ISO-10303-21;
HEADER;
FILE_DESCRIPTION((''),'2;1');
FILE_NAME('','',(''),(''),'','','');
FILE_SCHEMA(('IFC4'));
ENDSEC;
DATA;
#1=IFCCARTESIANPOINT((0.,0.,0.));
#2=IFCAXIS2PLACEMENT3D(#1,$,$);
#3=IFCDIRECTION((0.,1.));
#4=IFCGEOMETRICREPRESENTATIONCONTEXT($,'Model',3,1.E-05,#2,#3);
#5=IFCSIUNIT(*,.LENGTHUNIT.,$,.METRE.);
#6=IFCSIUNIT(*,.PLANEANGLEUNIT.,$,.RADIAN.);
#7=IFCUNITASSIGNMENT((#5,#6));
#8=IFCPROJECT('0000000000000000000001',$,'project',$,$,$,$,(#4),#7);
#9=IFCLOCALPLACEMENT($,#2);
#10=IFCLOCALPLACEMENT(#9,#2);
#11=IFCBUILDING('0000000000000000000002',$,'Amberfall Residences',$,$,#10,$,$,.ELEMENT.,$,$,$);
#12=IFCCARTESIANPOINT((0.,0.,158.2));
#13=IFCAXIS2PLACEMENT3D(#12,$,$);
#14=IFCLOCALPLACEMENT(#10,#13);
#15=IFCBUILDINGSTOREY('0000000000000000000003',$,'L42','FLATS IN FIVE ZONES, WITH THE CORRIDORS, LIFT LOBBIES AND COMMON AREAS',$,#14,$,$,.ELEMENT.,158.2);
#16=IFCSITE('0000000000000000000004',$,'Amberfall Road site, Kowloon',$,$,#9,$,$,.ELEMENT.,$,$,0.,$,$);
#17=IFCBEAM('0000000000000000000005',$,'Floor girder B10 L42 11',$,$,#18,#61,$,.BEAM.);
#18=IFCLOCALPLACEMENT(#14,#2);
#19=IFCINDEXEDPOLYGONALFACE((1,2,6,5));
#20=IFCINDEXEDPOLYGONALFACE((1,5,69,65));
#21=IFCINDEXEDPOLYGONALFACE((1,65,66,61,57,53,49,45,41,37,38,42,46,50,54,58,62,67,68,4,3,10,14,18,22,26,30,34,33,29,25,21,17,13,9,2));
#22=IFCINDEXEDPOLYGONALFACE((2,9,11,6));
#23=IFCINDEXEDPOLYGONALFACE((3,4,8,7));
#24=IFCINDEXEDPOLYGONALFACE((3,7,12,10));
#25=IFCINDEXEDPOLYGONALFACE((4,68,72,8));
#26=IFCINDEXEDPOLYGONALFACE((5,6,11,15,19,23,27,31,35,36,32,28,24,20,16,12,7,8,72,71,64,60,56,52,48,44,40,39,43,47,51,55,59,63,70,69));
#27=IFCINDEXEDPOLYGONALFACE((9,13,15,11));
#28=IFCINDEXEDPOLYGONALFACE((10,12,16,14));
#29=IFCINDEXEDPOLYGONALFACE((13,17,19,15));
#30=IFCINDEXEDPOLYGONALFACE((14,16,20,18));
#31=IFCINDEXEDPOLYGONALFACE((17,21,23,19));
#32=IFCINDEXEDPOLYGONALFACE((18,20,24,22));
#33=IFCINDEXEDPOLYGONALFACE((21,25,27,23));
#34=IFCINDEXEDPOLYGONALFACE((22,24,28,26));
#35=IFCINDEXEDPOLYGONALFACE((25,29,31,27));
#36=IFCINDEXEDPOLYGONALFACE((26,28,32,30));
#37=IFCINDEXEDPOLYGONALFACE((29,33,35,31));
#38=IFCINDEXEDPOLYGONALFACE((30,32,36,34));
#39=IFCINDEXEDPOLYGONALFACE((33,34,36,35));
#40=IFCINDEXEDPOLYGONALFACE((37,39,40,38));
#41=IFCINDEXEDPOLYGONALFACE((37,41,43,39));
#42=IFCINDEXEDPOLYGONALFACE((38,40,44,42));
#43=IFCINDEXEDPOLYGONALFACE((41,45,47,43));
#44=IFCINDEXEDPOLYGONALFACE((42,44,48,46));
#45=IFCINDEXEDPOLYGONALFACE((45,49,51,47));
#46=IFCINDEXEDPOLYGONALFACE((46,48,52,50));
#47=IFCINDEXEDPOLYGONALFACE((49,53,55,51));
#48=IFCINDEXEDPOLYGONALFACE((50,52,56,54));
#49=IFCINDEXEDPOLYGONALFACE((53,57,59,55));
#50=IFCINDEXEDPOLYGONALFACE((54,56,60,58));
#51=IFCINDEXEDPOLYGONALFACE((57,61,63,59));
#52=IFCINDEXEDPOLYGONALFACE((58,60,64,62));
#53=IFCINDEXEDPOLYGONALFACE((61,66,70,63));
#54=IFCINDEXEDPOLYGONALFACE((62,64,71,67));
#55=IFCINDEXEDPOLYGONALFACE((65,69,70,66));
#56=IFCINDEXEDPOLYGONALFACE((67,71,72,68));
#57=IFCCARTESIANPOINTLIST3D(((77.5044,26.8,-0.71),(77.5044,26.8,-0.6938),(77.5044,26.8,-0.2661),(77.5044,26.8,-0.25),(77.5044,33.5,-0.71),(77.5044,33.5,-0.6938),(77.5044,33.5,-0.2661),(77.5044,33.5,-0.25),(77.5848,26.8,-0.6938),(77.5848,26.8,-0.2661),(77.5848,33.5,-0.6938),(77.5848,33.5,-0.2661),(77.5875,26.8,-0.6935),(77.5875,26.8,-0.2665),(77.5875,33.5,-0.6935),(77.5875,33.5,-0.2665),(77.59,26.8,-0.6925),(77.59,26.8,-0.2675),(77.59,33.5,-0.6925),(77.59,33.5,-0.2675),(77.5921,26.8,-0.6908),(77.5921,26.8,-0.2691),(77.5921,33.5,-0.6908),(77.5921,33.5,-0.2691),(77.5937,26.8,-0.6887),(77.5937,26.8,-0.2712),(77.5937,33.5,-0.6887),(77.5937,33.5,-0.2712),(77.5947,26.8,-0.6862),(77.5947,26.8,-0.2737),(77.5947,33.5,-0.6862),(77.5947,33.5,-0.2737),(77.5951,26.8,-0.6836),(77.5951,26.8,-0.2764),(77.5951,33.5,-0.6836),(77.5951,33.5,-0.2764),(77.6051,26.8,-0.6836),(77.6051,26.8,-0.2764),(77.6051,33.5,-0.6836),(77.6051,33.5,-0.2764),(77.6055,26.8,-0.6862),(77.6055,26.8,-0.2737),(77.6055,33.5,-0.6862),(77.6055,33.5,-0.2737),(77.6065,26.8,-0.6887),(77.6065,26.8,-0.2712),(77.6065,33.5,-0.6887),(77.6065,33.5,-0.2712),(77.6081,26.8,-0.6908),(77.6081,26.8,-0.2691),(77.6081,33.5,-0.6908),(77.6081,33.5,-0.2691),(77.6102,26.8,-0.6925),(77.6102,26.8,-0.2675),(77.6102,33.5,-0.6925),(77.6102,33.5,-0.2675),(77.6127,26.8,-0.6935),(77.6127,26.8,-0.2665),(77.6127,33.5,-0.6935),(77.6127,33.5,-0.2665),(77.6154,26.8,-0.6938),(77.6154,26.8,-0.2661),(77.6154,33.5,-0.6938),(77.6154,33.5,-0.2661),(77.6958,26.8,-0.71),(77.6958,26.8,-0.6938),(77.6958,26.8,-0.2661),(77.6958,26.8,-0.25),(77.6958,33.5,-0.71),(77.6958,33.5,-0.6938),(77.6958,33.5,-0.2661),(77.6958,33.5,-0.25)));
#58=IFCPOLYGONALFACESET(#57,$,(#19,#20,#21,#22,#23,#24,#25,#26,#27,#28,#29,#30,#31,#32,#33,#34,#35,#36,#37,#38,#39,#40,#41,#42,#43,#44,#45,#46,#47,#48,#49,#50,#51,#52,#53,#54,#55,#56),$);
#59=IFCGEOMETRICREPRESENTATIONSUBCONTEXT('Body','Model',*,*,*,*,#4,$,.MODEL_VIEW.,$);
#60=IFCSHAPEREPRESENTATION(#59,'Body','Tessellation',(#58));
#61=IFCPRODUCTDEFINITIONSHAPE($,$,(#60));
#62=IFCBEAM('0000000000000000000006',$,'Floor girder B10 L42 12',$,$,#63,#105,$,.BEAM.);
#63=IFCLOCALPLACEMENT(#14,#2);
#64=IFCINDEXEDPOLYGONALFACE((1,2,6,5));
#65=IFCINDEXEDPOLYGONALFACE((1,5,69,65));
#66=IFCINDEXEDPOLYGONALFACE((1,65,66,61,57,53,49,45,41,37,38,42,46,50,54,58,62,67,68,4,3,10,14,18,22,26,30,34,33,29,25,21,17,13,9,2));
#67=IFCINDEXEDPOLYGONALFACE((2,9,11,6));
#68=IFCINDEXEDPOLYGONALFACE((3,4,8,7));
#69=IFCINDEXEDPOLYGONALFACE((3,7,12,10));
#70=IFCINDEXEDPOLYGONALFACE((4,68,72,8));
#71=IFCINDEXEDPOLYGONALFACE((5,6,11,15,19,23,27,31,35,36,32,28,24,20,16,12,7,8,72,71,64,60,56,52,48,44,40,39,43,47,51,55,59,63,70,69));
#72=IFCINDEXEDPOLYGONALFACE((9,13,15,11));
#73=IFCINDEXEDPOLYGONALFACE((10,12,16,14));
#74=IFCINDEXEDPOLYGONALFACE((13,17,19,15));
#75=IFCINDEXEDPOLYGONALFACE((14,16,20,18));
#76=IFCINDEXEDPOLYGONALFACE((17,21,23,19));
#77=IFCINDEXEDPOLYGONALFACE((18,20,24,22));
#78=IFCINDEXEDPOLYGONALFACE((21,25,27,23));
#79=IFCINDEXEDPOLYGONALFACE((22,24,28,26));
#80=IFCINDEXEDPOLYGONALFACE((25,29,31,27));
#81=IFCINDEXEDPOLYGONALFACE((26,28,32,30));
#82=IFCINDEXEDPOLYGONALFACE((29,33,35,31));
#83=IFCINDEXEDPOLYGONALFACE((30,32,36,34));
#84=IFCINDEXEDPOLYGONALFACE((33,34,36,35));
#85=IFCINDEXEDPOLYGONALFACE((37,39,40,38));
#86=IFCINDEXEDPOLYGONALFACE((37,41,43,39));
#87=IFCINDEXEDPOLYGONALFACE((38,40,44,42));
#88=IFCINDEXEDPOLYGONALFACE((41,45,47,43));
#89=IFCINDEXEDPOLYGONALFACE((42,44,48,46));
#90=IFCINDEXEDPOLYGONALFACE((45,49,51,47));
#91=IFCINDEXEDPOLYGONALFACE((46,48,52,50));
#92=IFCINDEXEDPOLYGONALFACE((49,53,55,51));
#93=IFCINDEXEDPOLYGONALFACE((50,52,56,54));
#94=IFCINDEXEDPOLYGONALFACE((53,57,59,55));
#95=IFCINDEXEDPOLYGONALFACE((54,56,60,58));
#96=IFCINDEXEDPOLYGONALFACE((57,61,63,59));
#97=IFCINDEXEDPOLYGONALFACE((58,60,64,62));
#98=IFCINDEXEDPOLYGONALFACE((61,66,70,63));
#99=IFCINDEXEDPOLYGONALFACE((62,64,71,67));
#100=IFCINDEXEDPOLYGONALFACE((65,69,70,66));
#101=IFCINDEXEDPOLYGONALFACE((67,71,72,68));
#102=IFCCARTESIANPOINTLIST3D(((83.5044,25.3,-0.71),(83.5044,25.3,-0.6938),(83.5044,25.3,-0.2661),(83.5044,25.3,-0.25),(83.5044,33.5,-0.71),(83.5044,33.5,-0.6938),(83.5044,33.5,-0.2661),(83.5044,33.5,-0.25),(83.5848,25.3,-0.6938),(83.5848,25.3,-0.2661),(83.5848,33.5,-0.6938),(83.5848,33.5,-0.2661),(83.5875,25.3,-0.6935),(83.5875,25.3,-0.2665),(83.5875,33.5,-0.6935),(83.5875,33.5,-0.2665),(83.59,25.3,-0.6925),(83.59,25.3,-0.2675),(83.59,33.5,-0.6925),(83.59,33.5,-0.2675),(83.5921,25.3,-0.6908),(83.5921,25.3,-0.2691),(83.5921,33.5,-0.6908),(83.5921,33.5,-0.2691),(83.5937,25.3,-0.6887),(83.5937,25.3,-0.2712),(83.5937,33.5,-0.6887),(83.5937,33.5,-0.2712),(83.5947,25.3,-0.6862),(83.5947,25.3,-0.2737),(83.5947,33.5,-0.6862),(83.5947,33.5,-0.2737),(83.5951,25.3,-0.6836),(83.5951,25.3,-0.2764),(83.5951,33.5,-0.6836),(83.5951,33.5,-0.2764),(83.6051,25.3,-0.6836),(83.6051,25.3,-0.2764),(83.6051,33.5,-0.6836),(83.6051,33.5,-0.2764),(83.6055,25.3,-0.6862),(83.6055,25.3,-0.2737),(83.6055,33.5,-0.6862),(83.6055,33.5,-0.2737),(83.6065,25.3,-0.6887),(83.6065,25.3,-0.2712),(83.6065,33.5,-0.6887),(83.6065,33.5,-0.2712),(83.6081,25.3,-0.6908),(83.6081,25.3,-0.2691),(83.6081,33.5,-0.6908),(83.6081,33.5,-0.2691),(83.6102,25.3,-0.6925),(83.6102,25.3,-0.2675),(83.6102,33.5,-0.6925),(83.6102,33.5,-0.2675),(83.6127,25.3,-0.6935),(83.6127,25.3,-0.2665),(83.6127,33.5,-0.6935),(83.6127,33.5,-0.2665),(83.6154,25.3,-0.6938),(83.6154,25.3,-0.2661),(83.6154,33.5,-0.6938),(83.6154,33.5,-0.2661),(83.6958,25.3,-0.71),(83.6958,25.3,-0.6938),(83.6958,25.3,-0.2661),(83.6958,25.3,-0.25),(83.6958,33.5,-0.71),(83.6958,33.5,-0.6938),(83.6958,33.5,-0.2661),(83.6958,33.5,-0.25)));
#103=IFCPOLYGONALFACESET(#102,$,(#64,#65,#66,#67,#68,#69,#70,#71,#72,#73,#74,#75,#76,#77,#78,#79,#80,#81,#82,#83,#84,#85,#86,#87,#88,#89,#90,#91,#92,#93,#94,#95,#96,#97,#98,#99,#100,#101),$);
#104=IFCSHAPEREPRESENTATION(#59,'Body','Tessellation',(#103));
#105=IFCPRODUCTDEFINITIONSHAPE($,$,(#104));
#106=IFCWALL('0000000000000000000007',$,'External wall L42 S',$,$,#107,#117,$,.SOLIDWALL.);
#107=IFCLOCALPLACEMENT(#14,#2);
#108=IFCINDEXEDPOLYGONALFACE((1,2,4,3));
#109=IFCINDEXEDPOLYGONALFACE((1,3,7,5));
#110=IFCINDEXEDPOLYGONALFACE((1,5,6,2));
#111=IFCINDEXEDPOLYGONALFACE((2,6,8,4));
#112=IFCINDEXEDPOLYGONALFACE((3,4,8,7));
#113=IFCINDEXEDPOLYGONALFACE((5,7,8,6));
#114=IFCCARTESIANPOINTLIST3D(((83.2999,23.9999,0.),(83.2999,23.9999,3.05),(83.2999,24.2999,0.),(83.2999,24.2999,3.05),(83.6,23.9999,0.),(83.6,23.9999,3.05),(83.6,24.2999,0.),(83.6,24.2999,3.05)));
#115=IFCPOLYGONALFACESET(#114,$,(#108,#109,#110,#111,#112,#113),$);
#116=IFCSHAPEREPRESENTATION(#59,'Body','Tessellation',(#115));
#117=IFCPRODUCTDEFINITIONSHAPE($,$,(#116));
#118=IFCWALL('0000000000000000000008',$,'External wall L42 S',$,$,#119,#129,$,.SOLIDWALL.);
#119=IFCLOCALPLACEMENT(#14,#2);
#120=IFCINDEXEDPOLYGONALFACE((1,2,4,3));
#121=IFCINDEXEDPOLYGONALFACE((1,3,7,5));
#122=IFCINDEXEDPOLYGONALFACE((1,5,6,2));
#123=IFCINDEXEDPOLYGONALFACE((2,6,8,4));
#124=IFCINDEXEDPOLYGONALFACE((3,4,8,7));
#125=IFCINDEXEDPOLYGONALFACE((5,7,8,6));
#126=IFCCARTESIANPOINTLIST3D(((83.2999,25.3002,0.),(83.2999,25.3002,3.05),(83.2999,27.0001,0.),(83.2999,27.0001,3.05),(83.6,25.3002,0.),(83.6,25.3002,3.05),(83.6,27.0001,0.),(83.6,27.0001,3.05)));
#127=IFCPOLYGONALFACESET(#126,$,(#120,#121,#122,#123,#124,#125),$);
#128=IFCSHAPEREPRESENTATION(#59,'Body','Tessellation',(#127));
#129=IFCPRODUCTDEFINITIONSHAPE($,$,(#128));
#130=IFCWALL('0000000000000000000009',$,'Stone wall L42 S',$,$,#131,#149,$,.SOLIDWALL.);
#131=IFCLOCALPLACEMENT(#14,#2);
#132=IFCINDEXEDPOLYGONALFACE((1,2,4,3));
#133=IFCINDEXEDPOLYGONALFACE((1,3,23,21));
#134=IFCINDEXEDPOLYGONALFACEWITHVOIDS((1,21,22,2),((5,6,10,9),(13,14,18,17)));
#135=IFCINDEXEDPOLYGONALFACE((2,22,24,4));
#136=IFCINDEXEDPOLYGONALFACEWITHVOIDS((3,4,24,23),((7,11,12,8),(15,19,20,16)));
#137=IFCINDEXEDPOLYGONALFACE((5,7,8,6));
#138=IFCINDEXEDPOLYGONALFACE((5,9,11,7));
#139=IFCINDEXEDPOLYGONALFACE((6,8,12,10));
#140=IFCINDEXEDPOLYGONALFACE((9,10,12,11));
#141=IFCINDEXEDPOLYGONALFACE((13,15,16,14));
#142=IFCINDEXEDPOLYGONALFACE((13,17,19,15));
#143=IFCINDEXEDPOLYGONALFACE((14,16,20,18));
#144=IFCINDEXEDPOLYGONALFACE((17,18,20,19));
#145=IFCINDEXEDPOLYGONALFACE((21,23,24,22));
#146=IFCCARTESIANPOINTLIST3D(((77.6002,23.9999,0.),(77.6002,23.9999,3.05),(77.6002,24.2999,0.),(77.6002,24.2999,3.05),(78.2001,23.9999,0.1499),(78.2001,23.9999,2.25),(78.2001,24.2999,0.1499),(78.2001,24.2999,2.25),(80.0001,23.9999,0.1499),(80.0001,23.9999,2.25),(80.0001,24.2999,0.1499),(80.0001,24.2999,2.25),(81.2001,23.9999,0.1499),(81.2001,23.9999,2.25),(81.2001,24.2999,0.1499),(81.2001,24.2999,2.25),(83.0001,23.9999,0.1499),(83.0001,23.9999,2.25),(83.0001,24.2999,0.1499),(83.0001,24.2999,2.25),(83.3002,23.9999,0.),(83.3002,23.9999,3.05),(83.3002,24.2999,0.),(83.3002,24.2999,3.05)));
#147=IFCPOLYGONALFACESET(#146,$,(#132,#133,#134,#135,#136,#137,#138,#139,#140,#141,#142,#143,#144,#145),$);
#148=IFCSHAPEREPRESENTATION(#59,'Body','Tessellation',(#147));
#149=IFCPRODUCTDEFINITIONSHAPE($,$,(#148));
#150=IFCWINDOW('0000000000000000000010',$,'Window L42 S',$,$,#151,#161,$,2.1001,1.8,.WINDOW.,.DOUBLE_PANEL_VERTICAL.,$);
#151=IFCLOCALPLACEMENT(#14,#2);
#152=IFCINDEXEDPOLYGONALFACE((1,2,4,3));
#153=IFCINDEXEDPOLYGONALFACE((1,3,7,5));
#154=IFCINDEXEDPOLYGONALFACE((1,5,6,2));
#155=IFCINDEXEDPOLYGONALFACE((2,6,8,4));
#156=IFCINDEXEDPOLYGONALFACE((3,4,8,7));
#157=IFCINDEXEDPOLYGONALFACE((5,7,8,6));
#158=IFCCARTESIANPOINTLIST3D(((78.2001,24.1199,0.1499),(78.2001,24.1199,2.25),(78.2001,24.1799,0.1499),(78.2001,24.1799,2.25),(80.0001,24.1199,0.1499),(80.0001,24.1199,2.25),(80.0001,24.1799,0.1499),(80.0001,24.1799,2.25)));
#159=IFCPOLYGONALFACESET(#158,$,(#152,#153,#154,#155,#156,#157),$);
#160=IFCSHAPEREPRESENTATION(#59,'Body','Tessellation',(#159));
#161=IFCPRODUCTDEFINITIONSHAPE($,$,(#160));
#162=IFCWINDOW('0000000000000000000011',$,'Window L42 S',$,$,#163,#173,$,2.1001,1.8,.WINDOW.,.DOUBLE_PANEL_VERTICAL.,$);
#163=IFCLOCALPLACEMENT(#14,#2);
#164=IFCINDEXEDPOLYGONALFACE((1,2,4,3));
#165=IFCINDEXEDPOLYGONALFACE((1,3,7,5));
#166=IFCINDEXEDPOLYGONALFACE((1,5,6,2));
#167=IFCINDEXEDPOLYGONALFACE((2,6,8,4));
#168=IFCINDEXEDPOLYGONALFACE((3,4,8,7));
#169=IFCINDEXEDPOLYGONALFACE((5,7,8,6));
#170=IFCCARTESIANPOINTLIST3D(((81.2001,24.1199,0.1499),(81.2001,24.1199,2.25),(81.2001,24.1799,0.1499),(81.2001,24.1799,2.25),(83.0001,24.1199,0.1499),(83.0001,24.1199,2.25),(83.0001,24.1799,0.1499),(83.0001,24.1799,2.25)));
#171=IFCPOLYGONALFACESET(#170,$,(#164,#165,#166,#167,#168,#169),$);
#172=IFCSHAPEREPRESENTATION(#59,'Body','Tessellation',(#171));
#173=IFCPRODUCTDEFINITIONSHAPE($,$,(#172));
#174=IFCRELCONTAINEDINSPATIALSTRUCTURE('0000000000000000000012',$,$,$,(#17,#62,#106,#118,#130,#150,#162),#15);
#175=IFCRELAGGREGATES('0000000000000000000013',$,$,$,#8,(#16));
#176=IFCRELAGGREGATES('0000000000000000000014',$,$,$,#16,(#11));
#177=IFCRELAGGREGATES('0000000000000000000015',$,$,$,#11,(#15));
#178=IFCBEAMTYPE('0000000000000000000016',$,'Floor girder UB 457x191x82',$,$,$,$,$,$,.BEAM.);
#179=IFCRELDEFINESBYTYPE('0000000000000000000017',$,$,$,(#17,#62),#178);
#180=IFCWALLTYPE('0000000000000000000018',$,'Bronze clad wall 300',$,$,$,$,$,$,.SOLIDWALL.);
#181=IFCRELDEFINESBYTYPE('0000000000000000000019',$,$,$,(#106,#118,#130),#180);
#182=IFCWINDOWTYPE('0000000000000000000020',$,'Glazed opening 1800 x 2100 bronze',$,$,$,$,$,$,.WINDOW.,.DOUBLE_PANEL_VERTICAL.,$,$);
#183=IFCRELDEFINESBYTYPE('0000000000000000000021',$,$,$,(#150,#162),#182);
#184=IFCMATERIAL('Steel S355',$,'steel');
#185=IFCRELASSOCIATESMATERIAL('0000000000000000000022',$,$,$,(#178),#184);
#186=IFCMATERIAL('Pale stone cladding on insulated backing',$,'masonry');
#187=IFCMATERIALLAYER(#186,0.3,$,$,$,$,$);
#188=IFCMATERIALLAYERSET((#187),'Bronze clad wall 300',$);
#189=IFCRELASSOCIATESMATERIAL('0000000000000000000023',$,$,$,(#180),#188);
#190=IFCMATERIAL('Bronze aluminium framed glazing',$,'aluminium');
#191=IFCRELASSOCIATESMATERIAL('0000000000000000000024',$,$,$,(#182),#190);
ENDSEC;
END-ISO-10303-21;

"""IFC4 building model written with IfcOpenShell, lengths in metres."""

from ifc_helpers import new_model, si_unit, direction, frame, frame_2d, origin, origin_2d, place, context, subcontext, project, spatial, rectangle, i_section, extrude, material, layer, layer_set, material_profile, profile_set, type_object, element, fill, save


model = new_model("IFC4")

# Units and contexts
model_context = context("Model", 3, precision=1e-05, world=origin(), true_north=direction((0.0, 1.0)))
body_context = subcontext(model_context, "Body", "Model", "MODEL_VIEW")
ifc_project = project(units=[si_unit("LENGTHUNIT", "METRE"), si_unit("PLANEANGLEUNIT", "RADIAN")], contexts=[model_context])

# Site, building, storey
site_placement = place(None, origin())
site = spatial("IfcSite", under=ifc_project, at=site_placement, Name="Amberfall Road site, Kowloon", CompositionType="ELEMENT", RefElevation=0.0)
building_placement = place(site_placement, origin())
building = spatial("IfcBuilding", under=site, at=building_placement, Name="Amberfall Residences", CompositionType="ELEMENT")
storey_placement = place(building_placement, frame((0.0, 0.0, 158.2)))
storey = spatial("IfcBuildingStorey", under=building, at=storey_placement, Name="L42", Description="FLATS IN FIVE ZONES, WITH THE CORRIDORS, LIFT LOBBIES AND COMMON AREAS", CompositionType="ELEMENT", Elevation=158.2)

# Beams
ifc_material_1 = material(Name="Steel S355", Category="steel")
ifc_material_profile_1 = material_profile(ifc_material_1, i_section(OverallWidth=0.1914, OverallDepth=0.46, WebThickness=0.01, FlangeThickness=0.0161, FilletRadius=0.0103, at=origin_2d()), Name="UB 457x191x82")
ifc_profile_set_1 = profile_set([ifc_material_profile_1], Name="Steel S355")
beam_type_1 = type_object("IfcBeamType", Name="Floor girder UB 457x191x82", PredefinedType="BEAM", material=ifc_profile_set_1)
beam_1_placement = place(storey_placement, frame((77.6001, 26.8, -0.48), z_axis=(0.0, 1.0, 0.0), x_axis=(-1.0, 0.0, 0.0)))
element("IfcBeam", 1, at=beam_1_placement, inside=storey, type_object=beam_type_1, Name="Floor girder B10 L42 11", PredefinedType="BEAM", context=body_context, shape_type="SweptSolid", body=[
    extrude(i_section(OverallWidth=0.1914, OverallDepth=0.46, WebThickness=0.01, FlangeThickness=0.0161, FilletRadius=0.0103, at=origin_2d()), origin(), (0.0, 0.0, 1.0), 6.7),
])
beam_2_placement = place(storey_placement, frame((83.6001, 25.3, -0.48), z_axis=(0.0, 1.0, 0.0), x_axis=(-1.0, 0.0, 0.0)))
element("IfcBeam", 2, at=beam_2_placement, inside=storey, type_object=beam_type_1, Name="Floor girder B10 L42 12", PredefinedType="BEAM", context=body_context, shape_type="SweptSolid", body=[
    extrude(i_section(OverallWidth=0.1914, OverallDepth=0.46, WebThickness=0.01, FlangeThickness=0.0161, FilletRadius=0.0103, at=origin_2d()), origin(), (0.0, 0.0, 1.0), 8.2),
])

# Walls
ifc_material_2 = material(Name="Pale stone cladding on insulated backing", Category="masonry")
ifc_layer_1 = layer(ifc_material_2, 0.3)
ifc_layer_set_1 = layer_set([ifc_layer_1], Name="Bronze clad wall 300")
wall_type_1 = type_object("IfcWallType", Name="Bronze clad wall 300", PredefinedType="SOLIDWALL", material=ifc_layer_set_1)
wall_1_placement = place(storey_placement, frame((83.45, 24.0, 0.0), z_axis=(0.0, 0.0, 1.0), x_axis=(0.0, 1.0, 0.0)))
element("IfcWall", 3, at=wall_1_placement, inside=storey, type_object=wall_type_1, Name="External wall L42 S", PredefinedType="SOLIDWALL", context=body_context, shape_type="SweptSolid", body=[
    extrude(rectangle(XDim=0.3, YDim=0.3, at=frame_2d((0.1499, 0.0))), origin(), (0.0, 0.0, 1.0), 3.05),
])
wall_2_placement = place(storey_placement, frame((83.45, 25.3, 0.0), z_axis=(0.0, 0.0, 1.0), x_axis=(0.0, 1.0, 0.0)))
element("IfcWall", 4, at=wall_2_placement, inside=storey, type_object=wall_type_1, Name="External wall L42 S", PredefinedType="SOLIDWALL", context=body_context, shape_type="SweptSolid", body=[
    extrude(rectangle(XDim=1.7, YDim=0.3, at=frame_2d((0.8501, 0.0))), origin(), (0.0, 0.0, 1.0), 3.05),
])

# Wall, openings, windows
wall_3_placement = place(storey_placement, frame((77.6001, 24.1499, 0.0), z_axis=(0.0, 0.0, 1.0), x_axis=(1.0, 0.0, 0.0)))
wall_3 = element("IfcWall", 5, at=wall_3_placement, inside=storey, type_object=wall_type_1, Name="Stone wall L42 S", PredefinedType="SOLIDWALL", context=body_context, shape_type="SweptSolid", body=[
    extrude(rectangle(XDim=5.7, YDim=0.3, at=frame_2d((2.8501, 0.0))), origin(), (0.0, 0.0, 1.0), 3.05),
])
opening_1_placement = place(wall_3_placement, frame((0.6001, 0.0, 0.1499)))
opening_1 = element("IfcOpeningElement", 6, at=opening_1_placement, cuts=wall_3, PredefinedType="OPENING", context=body_context, shape_type="SweptSolid", body=[
    extrude(rectangle(XDim=1.8, YDim=2.1001, at=frame_2d((0.8999, 1.05))), frame((0.0, 0.1599, 0.0), z_axis=(0.0, -1.0, 0.0), x_axis=(1.0, 0.0, 0.0)), (0.0, 0.0, 1.0), 0.3201),
])
opening_2_placement = place(wall_3_placement, frame((3.6001, 0.0, 0.1499)))
opening_2 = element("IfcOpeningElement", 7, at=opening_2_placement, cuts=wall_3, PredefinedType="OPENING", context=body_context, shape_type="SweptSolid", body=[
    extrude(rectangle(XDim=1.8, YDim=2.1001, at=frame_2d((0.8999, 1.05))), frame((0.0, 0.1599, 0.0), z_axis=(0.0, -1.0, 0.0), x_axis=(1.0, 0.0, 0.0)), (0.0, 0.0, 1.0), 0.3201),
])
ifc_material_3 = material(Name="Bronze aluminium framed glazing", Category="aluminium")
window_type = type_object("IfcWindowType", Name="Glazed opening 1800 x 2100 bronze", PartitioningType="DOUBLE_PANEL_VERTICAL", PredefinedType="WINDOW", material=ifc_material_3)
window_1_placement = place(opening_1_placement, origin())
window_1 = element("IfcWindow", 8, at=window_1_placement, inside=storey, type_object=window_type, Name="Window L42 S", OverallHeight=2.1001, OverallWidth=1.8, PartitioningType="DOUBLE_PANEL_VERTICAL", PredefinedType="WINDOW", context=body_context, shape_type="SweptSolid", body=[
    extrude(rectangle(XDim=1.8, YDim=2.1001, at=frame_2d((0.8999, 1.05))), frame((0.0, 0.03, 0.0), z_axis=(0.0, -1.0, 0.0), x_axis=(1.0, 0.0, 0.0)), (0.0, 0.0, 1.0), 0.0601),
])
fill(opening_1, window_1)
window_2_placement = place(opening_2_placement, origin())
window_2 = element("IfcWindow", 9, at=window_2_placement, inside=storey, type_object=window_type, Name="Window L42 S", OverallHeight=2.1001, OverallWidth=1.8, PartitioningType="DOUBLE_PANEL_VERTICAL", PredefinedType="WINDOW", context=body_context, shape_type="SweptSolid", body=[
    extrude(rectangle(XDim=1.8, YDim=2.1001, at=frame_2d((0.8999, 1.05))), frame((0.0, 0.03, 0.0), z_axis=(0.0, -1.0, 0.0), x_axis=(1.0, 0.0, 0.0)), (0.0, 0.0, 1.0), 0.0601),
])
fill(opening_2, window_2)

save(model, "model.ifc")
